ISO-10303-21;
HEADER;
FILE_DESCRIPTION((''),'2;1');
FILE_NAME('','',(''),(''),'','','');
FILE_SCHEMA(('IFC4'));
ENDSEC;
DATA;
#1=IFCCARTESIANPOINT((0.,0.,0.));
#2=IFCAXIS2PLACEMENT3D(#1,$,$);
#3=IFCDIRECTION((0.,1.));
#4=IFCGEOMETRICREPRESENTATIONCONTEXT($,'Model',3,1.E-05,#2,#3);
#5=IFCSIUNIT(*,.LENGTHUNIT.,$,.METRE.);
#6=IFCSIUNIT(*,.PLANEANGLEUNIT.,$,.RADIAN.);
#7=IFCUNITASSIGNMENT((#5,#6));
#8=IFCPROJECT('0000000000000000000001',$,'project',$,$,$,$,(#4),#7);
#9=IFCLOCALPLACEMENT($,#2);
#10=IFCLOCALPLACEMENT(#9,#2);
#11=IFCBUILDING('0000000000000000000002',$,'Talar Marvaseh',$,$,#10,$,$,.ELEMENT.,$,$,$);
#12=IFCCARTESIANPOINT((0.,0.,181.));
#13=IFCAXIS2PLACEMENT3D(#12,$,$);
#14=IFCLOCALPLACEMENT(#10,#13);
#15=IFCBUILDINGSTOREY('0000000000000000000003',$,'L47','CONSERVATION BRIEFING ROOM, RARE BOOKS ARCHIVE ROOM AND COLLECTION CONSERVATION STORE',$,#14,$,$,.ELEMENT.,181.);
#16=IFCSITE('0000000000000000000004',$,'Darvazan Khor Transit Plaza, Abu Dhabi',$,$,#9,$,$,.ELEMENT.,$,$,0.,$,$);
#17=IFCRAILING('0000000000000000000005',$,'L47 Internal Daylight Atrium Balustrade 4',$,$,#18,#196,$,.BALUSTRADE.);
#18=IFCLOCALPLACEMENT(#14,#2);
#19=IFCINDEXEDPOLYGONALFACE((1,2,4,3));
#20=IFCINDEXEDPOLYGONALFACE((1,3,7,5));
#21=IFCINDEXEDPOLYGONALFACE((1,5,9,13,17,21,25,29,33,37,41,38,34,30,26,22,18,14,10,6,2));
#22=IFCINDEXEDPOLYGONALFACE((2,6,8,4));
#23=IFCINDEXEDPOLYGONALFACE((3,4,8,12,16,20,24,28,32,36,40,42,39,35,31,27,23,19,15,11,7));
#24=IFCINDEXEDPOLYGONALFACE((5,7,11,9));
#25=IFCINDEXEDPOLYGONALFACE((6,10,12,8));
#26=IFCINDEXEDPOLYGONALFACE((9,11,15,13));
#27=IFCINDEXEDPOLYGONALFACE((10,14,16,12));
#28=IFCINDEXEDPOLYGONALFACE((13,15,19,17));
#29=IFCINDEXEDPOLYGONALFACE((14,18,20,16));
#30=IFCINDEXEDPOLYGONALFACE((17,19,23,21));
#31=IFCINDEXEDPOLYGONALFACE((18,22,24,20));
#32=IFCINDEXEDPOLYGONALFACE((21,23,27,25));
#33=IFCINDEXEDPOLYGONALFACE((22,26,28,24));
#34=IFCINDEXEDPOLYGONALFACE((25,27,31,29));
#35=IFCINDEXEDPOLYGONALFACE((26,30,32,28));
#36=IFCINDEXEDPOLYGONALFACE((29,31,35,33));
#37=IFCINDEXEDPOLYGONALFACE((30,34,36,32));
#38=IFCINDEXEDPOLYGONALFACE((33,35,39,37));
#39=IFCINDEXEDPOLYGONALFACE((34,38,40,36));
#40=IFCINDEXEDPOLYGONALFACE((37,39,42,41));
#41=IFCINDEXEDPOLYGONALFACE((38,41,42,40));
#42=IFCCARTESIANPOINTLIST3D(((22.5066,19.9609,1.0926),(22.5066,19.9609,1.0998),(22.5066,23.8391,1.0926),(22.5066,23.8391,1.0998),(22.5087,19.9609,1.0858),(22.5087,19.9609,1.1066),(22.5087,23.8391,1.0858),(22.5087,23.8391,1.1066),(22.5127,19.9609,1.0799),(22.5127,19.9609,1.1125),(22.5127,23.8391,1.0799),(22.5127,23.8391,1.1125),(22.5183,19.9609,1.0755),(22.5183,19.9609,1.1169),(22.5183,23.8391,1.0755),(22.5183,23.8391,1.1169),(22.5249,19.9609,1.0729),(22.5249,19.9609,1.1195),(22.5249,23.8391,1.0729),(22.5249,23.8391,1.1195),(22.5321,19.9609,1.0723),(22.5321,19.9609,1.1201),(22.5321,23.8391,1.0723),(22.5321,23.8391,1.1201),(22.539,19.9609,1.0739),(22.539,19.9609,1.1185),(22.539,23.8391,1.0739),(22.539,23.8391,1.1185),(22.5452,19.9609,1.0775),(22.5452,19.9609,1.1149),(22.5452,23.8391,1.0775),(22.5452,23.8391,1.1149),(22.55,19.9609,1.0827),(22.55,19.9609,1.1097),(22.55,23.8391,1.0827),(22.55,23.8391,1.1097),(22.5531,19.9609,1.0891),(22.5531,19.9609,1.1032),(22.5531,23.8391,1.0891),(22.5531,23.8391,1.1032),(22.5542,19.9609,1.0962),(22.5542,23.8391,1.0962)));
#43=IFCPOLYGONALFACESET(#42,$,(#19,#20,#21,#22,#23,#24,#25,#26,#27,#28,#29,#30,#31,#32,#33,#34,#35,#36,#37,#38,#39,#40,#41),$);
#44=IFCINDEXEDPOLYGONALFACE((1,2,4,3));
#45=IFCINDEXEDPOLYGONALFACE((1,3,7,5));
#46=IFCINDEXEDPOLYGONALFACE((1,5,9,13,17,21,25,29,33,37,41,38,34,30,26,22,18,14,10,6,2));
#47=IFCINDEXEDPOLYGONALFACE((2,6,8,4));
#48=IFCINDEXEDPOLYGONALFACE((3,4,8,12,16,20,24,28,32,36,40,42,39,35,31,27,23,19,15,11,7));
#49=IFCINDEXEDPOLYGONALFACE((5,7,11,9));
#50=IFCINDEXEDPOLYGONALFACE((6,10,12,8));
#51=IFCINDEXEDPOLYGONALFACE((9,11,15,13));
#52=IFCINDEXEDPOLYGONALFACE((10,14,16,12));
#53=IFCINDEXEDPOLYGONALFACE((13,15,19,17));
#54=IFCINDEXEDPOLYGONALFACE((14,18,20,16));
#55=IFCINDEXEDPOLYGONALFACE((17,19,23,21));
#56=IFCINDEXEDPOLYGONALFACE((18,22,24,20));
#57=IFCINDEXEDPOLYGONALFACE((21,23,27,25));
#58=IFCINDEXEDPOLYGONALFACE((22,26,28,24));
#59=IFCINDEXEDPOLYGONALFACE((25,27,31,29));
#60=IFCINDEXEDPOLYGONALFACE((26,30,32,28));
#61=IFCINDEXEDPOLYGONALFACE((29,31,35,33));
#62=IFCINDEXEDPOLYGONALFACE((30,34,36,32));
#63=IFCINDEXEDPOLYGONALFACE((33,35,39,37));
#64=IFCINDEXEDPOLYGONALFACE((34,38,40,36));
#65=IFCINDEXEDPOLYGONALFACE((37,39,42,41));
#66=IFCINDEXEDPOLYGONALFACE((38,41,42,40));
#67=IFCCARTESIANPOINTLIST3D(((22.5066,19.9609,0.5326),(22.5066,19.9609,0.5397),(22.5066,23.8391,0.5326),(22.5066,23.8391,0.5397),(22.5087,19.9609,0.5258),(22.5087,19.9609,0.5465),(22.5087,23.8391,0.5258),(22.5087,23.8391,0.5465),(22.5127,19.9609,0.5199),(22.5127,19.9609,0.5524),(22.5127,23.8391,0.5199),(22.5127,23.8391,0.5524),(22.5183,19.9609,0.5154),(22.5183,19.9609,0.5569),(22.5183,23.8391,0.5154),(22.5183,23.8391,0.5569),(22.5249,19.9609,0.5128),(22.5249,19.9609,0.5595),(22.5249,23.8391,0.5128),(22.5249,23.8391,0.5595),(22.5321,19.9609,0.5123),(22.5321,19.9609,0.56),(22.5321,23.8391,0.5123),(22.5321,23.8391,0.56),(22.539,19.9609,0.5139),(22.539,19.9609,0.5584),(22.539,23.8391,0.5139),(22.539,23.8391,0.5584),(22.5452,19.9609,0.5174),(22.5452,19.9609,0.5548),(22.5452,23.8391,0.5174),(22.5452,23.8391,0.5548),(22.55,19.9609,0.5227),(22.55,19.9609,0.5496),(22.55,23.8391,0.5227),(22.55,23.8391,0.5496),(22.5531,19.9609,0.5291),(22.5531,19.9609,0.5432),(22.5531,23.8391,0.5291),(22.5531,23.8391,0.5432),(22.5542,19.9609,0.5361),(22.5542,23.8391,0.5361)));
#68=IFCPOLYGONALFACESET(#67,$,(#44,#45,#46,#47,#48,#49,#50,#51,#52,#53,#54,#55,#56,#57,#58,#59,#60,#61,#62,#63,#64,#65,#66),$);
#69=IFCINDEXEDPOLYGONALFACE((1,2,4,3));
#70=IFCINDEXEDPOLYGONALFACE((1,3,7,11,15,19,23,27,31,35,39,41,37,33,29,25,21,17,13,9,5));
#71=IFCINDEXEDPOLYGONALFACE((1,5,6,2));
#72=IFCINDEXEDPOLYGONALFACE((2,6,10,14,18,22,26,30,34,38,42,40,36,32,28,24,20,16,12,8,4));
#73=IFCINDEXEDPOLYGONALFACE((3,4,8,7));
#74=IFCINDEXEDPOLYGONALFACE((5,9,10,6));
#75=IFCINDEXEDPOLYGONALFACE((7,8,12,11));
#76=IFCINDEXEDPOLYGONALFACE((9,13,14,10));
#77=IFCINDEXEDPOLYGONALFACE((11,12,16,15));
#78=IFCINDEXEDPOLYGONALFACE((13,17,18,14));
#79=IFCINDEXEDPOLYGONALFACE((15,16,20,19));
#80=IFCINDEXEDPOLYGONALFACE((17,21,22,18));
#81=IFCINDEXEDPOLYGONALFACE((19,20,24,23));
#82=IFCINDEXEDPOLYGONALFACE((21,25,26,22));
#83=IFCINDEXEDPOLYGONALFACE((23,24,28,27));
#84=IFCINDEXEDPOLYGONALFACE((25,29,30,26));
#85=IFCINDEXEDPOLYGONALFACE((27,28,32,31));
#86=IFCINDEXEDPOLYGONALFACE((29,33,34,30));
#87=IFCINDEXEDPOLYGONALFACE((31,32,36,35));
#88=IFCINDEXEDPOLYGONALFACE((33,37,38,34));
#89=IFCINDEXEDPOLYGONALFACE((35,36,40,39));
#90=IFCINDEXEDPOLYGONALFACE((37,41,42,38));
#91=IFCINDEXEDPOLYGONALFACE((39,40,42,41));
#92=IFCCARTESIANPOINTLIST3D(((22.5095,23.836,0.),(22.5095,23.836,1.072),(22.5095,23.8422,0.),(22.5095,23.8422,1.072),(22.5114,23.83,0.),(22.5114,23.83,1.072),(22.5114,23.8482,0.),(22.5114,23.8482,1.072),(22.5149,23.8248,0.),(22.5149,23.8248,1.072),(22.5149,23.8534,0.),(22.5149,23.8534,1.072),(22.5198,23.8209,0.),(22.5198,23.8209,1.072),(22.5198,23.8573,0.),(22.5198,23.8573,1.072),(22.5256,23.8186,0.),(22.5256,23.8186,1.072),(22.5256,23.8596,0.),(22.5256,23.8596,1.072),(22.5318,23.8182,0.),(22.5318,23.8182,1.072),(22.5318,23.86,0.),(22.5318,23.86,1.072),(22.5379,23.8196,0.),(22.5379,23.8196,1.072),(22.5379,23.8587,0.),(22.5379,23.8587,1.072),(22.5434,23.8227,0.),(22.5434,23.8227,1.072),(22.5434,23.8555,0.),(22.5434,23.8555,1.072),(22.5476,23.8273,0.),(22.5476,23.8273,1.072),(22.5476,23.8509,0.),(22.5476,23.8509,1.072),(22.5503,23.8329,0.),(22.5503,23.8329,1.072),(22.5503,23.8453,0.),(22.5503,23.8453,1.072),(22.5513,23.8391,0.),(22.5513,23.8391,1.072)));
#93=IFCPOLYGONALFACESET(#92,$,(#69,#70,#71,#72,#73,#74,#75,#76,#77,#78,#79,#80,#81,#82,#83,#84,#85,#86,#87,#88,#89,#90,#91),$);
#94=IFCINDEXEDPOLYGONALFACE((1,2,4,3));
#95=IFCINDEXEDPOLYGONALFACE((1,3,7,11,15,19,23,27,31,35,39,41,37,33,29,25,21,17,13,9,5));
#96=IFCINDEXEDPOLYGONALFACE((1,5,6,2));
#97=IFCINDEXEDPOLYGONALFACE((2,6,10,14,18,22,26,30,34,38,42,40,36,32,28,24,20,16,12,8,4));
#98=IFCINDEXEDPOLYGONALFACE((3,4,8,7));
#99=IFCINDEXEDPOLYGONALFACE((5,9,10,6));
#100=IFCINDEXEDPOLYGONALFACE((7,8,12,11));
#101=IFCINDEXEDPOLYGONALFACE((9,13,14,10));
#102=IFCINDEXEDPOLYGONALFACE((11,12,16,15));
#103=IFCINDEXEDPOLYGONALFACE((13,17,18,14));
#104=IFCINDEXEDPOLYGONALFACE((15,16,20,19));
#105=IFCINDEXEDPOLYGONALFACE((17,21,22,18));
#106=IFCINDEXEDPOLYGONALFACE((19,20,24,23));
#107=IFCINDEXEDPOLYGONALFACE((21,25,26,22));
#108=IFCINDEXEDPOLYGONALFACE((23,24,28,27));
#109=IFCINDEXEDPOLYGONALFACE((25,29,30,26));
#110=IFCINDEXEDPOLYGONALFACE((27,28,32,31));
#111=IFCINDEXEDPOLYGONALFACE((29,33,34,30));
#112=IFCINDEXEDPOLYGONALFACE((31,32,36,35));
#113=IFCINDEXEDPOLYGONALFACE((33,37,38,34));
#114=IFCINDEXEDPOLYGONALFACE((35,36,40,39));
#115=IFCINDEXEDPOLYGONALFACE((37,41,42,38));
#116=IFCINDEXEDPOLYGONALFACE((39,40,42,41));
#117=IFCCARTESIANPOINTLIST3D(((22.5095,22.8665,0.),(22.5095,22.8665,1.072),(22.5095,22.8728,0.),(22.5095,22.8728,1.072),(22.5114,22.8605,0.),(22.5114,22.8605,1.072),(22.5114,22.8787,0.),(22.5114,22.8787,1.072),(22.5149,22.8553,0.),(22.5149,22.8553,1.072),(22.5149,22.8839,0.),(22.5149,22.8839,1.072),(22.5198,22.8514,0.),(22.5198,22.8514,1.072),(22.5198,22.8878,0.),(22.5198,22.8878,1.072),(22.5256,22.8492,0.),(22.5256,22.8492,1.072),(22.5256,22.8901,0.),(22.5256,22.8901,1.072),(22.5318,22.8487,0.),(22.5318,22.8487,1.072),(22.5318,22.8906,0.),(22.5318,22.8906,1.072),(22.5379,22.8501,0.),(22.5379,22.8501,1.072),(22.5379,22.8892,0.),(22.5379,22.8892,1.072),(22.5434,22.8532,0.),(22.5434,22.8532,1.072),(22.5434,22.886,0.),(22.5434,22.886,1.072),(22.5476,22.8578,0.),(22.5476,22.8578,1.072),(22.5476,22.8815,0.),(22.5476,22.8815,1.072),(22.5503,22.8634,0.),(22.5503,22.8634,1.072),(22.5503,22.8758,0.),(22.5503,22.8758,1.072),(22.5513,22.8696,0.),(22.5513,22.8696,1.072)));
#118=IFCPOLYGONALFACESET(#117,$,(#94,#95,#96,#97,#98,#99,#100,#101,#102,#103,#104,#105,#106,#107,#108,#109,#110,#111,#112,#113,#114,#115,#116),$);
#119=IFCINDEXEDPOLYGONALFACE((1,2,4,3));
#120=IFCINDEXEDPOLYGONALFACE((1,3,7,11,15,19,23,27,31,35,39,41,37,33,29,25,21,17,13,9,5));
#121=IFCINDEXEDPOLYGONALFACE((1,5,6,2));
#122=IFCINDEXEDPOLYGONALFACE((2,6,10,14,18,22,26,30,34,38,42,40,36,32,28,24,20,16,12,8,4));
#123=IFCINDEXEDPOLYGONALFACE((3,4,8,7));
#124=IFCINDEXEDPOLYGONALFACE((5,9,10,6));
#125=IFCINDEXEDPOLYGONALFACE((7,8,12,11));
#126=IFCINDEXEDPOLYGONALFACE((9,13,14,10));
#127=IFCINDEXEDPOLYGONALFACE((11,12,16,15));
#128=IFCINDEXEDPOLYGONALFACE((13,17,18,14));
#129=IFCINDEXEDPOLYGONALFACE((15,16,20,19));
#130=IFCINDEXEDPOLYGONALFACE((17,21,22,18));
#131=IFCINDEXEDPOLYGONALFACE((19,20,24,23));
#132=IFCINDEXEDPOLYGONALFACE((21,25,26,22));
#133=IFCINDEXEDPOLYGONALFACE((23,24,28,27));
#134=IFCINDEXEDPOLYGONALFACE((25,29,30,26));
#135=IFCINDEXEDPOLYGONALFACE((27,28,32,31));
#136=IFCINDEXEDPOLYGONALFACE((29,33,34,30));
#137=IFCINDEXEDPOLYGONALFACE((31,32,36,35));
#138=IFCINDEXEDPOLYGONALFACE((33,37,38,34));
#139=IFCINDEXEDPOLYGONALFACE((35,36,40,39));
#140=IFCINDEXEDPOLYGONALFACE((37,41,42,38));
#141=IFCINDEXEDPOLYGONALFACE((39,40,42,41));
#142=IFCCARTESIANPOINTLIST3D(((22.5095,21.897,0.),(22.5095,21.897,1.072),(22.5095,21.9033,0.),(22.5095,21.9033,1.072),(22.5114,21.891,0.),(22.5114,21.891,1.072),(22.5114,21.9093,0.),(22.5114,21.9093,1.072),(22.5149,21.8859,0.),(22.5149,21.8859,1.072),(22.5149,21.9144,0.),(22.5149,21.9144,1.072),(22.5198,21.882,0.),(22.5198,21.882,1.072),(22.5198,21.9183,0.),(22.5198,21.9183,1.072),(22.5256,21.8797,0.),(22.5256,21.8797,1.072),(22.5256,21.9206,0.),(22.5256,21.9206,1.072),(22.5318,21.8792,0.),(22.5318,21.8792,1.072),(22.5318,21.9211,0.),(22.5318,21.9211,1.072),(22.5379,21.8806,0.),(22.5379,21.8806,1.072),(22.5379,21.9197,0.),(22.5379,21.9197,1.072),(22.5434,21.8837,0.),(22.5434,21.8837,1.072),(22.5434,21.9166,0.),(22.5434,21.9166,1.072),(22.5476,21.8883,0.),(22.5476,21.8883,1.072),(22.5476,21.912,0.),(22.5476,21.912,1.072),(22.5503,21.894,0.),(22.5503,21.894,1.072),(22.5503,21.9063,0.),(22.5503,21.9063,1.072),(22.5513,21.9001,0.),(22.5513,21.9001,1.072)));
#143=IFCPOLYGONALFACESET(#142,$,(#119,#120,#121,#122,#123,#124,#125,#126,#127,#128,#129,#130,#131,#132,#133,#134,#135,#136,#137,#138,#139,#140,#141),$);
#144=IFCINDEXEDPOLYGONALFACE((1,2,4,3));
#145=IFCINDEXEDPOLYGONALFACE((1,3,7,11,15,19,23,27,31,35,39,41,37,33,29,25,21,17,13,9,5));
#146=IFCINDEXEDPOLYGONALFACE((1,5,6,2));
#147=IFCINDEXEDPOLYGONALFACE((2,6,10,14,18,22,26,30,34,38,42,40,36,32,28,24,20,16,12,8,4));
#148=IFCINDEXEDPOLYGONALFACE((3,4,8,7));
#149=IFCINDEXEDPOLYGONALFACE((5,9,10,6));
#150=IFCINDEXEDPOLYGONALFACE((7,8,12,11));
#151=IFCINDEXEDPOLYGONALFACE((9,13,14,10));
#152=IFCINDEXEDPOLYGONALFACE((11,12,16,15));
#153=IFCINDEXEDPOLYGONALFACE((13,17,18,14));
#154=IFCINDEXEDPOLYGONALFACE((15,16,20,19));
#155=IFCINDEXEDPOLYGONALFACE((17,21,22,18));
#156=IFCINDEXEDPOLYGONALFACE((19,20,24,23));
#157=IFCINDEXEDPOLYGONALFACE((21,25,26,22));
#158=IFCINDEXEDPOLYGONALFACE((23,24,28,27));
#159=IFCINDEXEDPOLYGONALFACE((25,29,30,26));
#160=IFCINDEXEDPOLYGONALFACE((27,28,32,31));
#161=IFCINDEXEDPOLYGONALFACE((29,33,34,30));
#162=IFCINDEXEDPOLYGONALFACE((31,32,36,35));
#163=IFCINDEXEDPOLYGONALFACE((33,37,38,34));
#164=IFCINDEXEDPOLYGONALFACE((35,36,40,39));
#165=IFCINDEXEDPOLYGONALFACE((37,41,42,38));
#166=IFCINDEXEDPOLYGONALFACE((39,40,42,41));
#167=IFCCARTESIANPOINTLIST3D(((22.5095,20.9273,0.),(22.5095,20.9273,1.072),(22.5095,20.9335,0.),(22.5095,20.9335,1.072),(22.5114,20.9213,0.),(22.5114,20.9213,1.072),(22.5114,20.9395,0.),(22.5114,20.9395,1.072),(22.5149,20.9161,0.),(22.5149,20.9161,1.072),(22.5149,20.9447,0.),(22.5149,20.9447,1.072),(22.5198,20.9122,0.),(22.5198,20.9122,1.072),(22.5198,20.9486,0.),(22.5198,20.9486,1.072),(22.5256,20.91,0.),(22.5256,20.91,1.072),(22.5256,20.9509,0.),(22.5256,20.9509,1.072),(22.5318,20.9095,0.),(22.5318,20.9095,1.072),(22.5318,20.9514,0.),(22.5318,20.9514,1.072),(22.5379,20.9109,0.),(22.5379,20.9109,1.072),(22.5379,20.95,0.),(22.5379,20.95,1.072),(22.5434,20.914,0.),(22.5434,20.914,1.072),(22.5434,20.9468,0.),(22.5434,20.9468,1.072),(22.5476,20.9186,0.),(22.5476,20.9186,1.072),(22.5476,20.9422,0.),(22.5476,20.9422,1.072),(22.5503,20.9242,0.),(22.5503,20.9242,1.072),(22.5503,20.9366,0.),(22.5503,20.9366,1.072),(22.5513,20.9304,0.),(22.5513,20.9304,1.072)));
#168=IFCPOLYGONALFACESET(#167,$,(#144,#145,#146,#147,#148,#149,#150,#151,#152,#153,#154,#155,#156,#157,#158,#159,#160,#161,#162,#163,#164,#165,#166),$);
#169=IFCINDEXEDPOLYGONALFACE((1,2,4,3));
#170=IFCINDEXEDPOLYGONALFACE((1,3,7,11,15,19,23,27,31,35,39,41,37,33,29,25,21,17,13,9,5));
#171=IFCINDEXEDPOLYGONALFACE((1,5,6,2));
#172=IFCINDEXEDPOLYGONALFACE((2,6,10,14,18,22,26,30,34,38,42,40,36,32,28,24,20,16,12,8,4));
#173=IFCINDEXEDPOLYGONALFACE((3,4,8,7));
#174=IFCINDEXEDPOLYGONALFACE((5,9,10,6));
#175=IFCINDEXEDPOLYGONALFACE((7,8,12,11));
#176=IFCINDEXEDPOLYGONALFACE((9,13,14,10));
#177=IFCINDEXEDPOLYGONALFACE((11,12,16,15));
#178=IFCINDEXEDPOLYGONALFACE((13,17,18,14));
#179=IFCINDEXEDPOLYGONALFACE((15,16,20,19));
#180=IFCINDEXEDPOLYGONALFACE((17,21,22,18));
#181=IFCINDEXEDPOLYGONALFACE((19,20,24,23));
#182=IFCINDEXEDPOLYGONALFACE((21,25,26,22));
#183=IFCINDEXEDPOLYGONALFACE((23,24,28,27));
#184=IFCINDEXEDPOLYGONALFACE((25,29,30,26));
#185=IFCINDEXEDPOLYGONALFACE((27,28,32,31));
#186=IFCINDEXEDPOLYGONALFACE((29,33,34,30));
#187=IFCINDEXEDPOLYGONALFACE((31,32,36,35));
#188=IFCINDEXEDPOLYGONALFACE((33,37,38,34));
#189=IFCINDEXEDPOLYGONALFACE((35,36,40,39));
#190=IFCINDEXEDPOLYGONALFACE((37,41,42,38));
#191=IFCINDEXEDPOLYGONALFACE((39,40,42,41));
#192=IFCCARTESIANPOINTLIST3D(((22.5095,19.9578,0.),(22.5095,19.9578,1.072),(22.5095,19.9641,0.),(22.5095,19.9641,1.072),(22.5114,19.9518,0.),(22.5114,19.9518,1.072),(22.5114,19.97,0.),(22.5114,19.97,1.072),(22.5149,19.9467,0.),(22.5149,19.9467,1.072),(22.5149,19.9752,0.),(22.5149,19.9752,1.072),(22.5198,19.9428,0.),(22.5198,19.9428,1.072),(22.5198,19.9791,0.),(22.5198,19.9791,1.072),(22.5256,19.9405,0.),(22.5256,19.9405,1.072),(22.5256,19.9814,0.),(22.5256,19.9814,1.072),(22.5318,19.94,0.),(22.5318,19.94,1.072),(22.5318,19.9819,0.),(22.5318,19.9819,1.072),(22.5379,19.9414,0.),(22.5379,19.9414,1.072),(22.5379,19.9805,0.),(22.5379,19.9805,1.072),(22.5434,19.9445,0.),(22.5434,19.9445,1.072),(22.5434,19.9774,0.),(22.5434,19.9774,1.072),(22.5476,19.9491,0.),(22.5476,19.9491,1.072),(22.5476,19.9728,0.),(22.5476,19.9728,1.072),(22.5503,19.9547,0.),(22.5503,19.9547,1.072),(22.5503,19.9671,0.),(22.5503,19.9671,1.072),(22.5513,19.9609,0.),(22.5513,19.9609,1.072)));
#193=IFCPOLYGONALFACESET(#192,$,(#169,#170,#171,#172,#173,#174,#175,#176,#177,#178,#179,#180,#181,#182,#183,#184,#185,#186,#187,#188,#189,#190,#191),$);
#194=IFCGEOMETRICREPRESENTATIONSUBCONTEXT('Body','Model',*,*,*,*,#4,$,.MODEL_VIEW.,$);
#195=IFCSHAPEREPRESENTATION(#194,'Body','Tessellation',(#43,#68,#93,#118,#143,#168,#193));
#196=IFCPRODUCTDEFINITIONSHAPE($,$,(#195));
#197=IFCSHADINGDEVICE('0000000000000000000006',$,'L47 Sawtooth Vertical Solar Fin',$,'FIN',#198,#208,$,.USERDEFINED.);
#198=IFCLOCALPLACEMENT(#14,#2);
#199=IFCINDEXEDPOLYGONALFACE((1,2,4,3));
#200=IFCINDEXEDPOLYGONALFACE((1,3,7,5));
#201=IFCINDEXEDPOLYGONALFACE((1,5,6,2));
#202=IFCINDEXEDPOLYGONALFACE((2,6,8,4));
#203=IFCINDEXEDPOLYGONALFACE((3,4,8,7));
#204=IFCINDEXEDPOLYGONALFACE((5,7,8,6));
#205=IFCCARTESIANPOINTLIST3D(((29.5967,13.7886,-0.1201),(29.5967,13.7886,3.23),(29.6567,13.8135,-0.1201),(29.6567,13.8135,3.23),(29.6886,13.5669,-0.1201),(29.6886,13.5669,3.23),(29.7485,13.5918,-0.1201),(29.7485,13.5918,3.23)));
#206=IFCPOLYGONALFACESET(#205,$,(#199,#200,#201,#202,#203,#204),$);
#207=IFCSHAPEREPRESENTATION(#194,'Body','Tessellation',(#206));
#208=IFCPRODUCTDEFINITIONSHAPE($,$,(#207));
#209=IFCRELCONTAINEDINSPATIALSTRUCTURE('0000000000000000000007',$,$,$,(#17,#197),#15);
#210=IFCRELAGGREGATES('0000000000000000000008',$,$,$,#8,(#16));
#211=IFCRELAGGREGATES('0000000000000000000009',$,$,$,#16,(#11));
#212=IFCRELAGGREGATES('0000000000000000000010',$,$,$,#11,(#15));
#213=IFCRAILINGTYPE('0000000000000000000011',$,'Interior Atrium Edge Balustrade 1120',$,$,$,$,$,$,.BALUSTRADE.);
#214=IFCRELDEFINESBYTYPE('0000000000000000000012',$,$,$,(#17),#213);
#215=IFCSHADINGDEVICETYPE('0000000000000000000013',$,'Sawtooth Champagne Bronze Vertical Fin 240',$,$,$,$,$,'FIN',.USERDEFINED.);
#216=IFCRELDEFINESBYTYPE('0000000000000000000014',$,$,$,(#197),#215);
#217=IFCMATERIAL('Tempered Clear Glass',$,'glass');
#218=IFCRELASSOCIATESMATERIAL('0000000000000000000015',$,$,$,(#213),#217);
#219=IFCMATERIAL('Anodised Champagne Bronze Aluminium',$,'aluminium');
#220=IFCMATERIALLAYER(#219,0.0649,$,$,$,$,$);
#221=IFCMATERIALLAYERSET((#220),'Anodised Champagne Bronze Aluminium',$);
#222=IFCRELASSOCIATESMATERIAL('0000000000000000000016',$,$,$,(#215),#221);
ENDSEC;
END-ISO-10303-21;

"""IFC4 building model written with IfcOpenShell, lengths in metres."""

from ifc_helpers import new_model, si_unit, direction, frame, origin, origin_2d, place, context, subcontext, project, spatial, rectangle, circle, extrude, source, transform, mapped, material, layer, layer_set, type_object, type_shapes, element, save


model = new_model("IFC4")

# Units and contexts
model_context = context("Model", 3, precision=1e-05, world=origin(), true_north=direction((0.0, 1.0)))
body_context = subcontext(model_context, "Body", "Model", "MODEL_VIEW")
ifc_project = project(units=[si_unit("LENGTHUNIT", "METRE"), si_unit("PLANEANGLEUNIT", "RADIAN")], contexts=[model_context])

# Site, building, storey
site_placement = place(None, origin())
site = spatial("IfcSite", under=ifc_project, at=site_placement, Name="Darvazan Khor Transit Plaza, Abu Dhabi", CompositionType="ELEMENT", RefElevation=0.0)
building_placement = place(site_placement, origin())
building = spatial("IfcBuilding", under=site, at=building_placement, Name="Talar Marvaseh", CompositionType="ELEMENT")
storey_placement = place(building_placement, frame((0.0, 0.0, 181.0)))
storey = spatial("IfcBuildingStorey", under=building, at=storey_placement, Name="L47", Description="CONSERVATION BRIEFING ROOM, RARE BOOKS ARCHIVE ROOM AND COLLECTION CONSERVATION STORE", CompositionType="ELEMENT", Elevation=181.0)

# Railing
ifc_material_1 = material(Name="Tempered Clear Glass", Category="glass")
railing_type = type_object("IfcRailingType", Name="Interior Atrium Edge Balustrade 1120", PredefinedType="BALUSTRADE", material=ifc_material_1)
railing_1_placement = place(storey_placement, frame((22.5303, 23.8391, 0.0)))
element("IfcRailing", 1, at=railing_1_placement, inside=storey, type_object=railing_type, Name="L47 Internal Daylight Atrium Balustrade 4", PredefinedType="BALUSTRADE", context=body_context, shape_type="SweptSolid", body=[
    extrude(circle(Radius=0.0239, at=origin_2d()), frame((0.0, 0.0, 1.0962), z_axis=(0.0, -1.0, 0.0), x_axis=(1.0, 0.0, 0.0)), (0.0, 0.0, 1.0), 3.8782),
    extrude(circle(Radius=0.0239, at=origin_2d()), frame((0.0, 0.0, 0.5361), z_axis=(0.0, -1.0, 0.0), x_axis=(1.0, 0.0, 0.0)), (0.0, 0.0, 1.0), 3.8782),
    extrude(circle(Radius=0.021, at=origin_2d()), origin(), (0.0, 0.0, 1.0), 1.072),
    extrude(circle(Radius=0.021, at=origin_2d()), frame((0.0, -0.9695, 0.0)), (0.0, 0.0, 1.0), 1.072),
    extrude(circle(Radius=0.021, at=origin_2d()), frame((0.0, -1.939, 0.0)), (0.0, 0.0, 1.0), 1.072),
    extrude(circle(Radius=0.021, at=origin_2d()), frame((0.0, -2.9087, 0.0)), (0.0, 0.0, 1.0), 1.072),
    extrude(circle(Radius=0.021, at=origin_2d()), frame((0.0, -3.8782, 0.0)), (0.0, 0.0, 1.0), 1.072),
])

# Shading device
ifc_material_2 = material(Name="Anodised Champagne Bronze Aluminium", Category="aluminium")
ifc_layer_1 = layer(ifc_material_2, 0.0649)
ifc_layer_set_1 = layer_set([ifc_layer_1], Name="Anodised Champagne Bronze Aluminium")
shading_device_type = type_object("IfcShadingDeviceType", Name="Sawtooth Champagne Bronze Vertical Fin 240", ElementType="FIN", PredefinedType="USERDEFINED", material=ifc_layer_set_1)
shared_shape_1 = source(origin(), body_context, "Body", "SweptSolid", [
    extrude(rectangle(XDim=0.24, YDim=0.0649, at=origin_2d()), origin(), (0.0, 0.0, 1.0), 3.3501),
])
type_shapes(shading_device_type, [shared_shape_1])
for number, where, z_axis, x_axis, name in (
    (2, (29.6726, 13.6902, -0.1201), (0.0, 0.0, 1.0), (0.382845, -0.923813, 0.0), "L47 Sawtooth Vertical Solar Fin"),
):
    element("IfcShadingDevice", number, at=place(storey_placement, frame(where, z_axis=z_axis, x_axis=x_axis)), inside=storey, type_object=shading_device_type, Name=name, ObjectType="FIN", PredefinedType="USERDEFINED", context=body_context, shape_type="MappedRepresentation", body=[
        mapped(shared_shape_1, transform((0.0, 0.0, 0.0), x_axis=(1.0, 0.0, 0.0), y_axis=(0.0, 1.0, 0.0), z_axis=(0.0, 0.0, 1.0), scale=1.0)),
    ])

save(model, "model.ifc")
